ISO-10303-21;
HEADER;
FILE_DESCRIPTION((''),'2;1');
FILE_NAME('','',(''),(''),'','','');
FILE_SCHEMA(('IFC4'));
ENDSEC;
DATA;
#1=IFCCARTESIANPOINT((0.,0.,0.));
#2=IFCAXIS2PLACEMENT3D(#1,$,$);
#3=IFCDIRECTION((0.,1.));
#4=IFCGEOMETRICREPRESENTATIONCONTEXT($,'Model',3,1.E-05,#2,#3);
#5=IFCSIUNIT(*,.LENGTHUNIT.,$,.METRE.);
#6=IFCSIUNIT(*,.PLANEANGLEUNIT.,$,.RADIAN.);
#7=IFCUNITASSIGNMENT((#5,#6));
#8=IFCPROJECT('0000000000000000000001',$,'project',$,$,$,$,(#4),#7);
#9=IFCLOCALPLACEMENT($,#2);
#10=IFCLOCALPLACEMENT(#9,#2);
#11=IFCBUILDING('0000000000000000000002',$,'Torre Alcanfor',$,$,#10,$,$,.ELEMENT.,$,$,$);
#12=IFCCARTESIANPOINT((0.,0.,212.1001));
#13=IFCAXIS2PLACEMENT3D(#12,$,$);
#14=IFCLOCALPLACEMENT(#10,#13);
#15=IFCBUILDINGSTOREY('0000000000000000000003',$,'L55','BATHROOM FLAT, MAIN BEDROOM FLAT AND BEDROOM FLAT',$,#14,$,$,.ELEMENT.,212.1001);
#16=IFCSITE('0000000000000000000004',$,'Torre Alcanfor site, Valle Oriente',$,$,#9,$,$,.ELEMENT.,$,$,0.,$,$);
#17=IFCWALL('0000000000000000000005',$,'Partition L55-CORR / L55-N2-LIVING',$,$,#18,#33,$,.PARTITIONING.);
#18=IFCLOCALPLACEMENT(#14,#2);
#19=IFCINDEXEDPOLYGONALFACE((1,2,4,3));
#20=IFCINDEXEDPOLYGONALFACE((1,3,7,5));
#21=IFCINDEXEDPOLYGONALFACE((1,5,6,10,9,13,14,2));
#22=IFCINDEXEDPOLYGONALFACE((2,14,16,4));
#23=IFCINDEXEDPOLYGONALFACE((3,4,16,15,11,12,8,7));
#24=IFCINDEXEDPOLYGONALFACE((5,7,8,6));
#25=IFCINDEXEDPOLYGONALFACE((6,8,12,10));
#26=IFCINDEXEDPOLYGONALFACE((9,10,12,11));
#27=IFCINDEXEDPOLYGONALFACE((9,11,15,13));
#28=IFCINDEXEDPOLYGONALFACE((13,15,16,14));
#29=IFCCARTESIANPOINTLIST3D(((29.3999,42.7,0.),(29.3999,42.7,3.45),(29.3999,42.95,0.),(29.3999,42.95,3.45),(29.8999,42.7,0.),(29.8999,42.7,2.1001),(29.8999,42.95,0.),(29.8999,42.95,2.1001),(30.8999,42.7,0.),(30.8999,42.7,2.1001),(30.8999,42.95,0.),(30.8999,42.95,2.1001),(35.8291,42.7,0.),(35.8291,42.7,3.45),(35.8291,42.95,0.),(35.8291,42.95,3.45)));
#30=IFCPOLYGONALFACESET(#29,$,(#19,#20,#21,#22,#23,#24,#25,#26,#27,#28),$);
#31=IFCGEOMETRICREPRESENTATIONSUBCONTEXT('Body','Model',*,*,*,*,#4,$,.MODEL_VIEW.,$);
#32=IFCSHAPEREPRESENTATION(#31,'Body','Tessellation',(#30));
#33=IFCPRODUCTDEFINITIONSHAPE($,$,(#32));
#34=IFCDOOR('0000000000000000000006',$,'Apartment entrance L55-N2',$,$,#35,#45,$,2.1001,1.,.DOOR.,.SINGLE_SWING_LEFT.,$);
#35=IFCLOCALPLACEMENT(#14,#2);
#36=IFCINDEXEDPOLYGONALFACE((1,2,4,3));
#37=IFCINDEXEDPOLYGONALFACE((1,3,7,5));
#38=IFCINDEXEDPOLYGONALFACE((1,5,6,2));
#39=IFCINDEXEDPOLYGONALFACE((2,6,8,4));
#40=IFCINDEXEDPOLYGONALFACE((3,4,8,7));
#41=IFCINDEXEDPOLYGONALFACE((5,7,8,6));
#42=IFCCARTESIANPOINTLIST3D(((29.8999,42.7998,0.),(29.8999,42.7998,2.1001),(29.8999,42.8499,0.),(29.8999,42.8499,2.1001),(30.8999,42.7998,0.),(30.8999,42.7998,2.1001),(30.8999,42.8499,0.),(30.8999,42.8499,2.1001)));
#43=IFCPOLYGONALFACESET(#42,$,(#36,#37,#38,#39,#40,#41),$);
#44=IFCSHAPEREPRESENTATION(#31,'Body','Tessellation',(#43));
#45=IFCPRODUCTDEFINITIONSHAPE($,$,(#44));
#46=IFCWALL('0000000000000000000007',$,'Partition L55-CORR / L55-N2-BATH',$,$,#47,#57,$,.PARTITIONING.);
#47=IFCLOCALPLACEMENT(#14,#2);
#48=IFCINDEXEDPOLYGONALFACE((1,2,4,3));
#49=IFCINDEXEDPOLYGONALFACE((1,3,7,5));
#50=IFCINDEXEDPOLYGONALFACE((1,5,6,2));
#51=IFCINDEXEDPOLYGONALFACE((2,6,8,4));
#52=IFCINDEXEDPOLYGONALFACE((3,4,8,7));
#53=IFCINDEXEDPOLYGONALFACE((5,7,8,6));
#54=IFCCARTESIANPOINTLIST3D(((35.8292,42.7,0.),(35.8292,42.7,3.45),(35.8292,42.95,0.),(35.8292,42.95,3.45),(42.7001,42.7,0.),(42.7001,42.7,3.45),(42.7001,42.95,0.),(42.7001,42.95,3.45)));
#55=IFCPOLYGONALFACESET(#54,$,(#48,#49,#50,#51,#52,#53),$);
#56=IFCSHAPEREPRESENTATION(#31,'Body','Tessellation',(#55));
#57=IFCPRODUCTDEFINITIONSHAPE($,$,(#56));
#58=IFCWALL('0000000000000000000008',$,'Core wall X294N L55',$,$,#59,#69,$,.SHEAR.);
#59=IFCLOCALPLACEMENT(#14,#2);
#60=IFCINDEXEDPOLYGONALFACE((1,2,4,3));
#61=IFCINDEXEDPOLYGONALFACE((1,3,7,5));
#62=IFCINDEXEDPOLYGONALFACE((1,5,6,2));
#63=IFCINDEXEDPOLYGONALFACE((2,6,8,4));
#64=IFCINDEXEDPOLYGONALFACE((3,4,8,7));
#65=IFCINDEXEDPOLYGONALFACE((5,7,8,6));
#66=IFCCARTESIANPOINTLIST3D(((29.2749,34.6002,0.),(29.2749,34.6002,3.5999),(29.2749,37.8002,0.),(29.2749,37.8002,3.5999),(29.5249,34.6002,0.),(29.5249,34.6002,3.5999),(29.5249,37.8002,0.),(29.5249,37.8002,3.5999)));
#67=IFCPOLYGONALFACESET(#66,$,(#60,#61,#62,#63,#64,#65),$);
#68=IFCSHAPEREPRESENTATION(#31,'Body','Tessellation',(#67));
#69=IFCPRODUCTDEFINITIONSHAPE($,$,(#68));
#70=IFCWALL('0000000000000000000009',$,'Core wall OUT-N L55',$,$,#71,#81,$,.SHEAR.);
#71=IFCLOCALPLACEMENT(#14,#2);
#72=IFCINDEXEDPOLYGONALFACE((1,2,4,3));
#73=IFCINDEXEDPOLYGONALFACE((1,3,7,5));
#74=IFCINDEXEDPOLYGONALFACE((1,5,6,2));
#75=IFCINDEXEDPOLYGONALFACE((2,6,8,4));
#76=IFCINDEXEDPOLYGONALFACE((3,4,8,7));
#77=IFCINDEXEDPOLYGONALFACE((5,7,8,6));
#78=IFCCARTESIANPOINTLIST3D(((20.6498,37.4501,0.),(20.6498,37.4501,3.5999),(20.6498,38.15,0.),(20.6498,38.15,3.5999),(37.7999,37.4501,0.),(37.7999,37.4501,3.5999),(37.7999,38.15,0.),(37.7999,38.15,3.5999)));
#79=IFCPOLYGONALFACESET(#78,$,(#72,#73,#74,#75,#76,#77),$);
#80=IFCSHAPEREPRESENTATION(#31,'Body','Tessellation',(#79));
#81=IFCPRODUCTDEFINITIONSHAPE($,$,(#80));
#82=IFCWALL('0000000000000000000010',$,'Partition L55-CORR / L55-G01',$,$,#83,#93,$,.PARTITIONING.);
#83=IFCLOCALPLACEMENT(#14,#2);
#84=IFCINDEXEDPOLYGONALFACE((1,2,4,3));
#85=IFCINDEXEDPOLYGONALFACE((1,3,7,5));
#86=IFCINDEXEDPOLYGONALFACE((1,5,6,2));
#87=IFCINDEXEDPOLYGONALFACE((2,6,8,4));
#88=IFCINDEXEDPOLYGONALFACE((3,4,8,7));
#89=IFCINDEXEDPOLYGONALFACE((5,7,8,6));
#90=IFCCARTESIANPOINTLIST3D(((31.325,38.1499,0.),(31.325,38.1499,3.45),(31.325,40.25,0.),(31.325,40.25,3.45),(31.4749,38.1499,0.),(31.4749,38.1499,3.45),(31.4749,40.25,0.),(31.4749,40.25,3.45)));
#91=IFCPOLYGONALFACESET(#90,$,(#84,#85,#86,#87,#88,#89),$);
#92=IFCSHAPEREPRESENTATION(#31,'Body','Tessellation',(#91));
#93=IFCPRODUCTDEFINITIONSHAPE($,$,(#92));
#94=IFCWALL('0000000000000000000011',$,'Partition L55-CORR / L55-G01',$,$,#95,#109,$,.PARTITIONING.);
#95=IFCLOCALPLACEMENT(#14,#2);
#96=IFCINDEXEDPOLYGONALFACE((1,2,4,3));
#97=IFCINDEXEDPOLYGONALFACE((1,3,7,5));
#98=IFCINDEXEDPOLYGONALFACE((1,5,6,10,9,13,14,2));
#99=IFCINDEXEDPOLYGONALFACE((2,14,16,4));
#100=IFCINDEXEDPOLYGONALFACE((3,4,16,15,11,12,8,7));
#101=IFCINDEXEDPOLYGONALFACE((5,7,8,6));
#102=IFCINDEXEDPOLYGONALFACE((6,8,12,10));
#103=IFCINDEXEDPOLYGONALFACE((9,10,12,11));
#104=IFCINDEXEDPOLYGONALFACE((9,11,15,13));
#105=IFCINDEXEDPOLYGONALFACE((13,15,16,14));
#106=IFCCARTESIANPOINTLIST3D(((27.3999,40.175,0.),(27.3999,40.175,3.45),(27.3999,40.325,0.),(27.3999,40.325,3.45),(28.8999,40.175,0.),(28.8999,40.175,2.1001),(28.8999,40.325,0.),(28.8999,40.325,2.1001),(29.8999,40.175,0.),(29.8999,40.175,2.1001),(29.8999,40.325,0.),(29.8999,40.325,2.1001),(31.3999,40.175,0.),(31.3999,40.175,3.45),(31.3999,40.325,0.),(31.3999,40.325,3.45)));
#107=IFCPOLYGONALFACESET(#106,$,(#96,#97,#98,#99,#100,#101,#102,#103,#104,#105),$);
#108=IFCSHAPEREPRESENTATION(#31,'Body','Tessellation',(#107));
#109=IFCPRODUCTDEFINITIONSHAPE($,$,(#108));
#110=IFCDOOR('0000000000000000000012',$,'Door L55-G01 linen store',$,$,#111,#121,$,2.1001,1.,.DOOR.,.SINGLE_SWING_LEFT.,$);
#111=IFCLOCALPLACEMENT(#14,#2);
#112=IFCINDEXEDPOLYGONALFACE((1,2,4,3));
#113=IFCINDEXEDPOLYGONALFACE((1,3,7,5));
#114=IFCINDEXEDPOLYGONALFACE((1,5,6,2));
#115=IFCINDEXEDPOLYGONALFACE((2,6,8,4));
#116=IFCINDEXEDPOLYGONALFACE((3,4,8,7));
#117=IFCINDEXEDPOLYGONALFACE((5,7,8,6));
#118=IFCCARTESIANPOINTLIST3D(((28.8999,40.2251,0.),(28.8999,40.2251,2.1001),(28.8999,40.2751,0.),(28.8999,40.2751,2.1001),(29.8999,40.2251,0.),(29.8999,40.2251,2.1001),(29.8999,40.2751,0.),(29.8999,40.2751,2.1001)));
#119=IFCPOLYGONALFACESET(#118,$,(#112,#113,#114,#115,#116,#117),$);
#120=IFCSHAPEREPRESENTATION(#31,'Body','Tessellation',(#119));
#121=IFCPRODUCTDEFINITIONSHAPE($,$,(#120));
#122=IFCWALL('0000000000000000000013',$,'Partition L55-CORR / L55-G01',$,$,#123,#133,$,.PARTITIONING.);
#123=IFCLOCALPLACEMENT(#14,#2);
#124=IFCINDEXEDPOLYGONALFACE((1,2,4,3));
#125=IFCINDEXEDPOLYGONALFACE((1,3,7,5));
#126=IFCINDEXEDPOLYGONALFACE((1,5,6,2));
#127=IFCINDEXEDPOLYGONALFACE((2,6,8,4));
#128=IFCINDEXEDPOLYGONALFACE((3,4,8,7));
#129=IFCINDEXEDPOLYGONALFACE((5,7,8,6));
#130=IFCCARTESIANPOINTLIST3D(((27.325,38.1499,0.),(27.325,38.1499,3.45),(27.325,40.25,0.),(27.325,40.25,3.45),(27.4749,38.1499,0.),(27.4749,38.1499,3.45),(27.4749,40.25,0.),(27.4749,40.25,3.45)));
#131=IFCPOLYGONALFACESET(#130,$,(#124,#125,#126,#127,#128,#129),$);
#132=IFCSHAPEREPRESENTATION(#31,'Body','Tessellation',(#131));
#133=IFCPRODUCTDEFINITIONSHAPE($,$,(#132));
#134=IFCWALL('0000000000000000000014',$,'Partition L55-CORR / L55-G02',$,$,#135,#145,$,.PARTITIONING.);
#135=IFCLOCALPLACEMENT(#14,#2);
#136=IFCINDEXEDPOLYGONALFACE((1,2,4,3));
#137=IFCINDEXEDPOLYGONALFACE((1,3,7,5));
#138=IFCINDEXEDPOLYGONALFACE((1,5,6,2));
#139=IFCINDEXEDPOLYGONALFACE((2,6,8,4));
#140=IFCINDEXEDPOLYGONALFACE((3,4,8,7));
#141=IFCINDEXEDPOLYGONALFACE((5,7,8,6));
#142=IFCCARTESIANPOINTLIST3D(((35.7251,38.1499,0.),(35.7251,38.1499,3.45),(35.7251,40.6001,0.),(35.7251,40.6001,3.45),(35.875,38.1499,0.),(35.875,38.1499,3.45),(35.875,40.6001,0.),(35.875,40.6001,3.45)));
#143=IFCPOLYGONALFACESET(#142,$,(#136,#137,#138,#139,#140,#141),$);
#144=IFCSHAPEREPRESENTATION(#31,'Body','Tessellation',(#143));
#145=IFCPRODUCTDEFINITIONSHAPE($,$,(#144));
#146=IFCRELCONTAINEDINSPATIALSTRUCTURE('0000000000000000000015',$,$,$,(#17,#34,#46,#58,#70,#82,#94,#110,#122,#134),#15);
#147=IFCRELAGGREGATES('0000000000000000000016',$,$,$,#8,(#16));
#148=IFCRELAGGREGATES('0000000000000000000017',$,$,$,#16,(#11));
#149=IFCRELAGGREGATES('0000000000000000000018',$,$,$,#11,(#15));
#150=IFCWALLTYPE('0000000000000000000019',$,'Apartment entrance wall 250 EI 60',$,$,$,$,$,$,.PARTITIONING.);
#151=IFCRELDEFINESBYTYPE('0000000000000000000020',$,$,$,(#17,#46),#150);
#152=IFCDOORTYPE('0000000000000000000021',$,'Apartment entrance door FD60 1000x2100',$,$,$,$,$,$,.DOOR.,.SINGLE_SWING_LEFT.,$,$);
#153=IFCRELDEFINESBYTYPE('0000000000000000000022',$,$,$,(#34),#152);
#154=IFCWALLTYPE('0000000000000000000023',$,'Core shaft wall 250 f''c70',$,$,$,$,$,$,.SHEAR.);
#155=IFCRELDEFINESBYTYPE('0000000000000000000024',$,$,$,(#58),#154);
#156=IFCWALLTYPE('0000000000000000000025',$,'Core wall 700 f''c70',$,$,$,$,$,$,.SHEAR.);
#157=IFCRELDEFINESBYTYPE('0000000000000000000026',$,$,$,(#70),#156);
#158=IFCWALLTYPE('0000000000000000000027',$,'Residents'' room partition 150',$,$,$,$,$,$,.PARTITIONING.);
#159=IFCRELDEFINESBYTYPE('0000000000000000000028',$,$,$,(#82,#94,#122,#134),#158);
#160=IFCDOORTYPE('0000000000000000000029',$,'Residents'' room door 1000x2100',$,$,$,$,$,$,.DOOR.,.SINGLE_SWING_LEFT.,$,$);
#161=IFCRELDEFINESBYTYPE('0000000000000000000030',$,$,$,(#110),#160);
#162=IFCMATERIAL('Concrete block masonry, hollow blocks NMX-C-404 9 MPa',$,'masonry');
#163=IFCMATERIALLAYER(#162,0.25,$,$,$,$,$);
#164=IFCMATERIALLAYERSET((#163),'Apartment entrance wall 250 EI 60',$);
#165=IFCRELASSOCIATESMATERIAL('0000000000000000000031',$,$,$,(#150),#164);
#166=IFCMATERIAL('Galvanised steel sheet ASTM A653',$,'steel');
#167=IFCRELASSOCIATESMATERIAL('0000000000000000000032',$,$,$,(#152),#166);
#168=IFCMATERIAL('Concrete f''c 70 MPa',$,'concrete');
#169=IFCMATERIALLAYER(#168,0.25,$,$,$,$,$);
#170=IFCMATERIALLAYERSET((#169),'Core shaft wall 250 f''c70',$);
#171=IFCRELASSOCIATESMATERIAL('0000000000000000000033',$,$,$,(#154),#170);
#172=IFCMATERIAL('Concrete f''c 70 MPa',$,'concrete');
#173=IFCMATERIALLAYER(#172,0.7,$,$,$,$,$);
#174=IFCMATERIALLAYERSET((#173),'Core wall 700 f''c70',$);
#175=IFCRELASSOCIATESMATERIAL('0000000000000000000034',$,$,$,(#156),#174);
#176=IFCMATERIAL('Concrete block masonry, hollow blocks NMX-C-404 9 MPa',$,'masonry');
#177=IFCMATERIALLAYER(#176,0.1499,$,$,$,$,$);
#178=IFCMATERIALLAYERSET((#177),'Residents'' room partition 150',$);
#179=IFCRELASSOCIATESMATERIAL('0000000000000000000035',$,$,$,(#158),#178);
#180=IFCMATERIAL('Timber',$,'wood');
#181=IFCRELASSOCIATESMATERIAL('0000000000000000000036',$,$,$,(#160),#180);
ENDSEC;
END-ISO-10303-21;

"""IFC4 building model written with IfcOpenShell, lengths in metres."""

from ifc_helpers import new_model, si_unit, direction, frame, frame_2d, origin, place, context, subcontext, project, spatial, rectangle, extrude, material, layer, layer_set, type_object, element, fill, save


model = new_model("IFC4")

# Units and contexts
model_context = context("Model", 3, precision=1e-05, world=origin(), true_north=direction((0.0, 1.0)))
body_context = subcontext(model_context, "Body", "Model", "MODEL_VIEW")
ifc_project = project(units=[si_unit("LENGTHUNIT", "METRE"), si_unit("PLANEANGLEUNIT", "RADIAN")], contexts=[model_context])

# Site, building, storey
site_placement = place(None, origin())
site = spatial("IfcSite", under=ifc_project, at=site_placement, Name="Torre Alcanfor site, Valle Oriente", CompositionType="ELEMENT", RefElevation=0.0)
building_placement = place(site_placement, origin())
building = spatial("IfcBuilding", under=site, at=building_placement, Name="Torre Alcanfor", CompositionType="ELEMENT")
storey_placement = place(building_placement, frame((0.0, 0.0, 212.1001)))
storey = spatial("IfcBuildingStorey", under=building, at=storey_placement, Name="L55", Description="BATHROOM FLAT, MAIN BEDROOM FLAT AND BEDROOM FLAT", CompositionType="ELEMENT", Elevation=212.1001)

# Wall, opening, door
ifc_material_1 = material(Name="Concrete block masonry, hollow blocks NMX-C-404 9 MPa", Category="masonry")
ifc_layer_1 = layer(ifc_material_1, 0.25)
ifc_layer_set_1 = layer_set([ifc_layer_1], Name="Apartment entrance wall 250 EI 60")
wall_type_1 = type_object("IfcWallType", Name="Apartment entrance wall 250 EI 60", PredefinedType="PARTITIONING", material=ifc_layer_set_1)
wall_1_placement = place(storey_placement, frame((29.3999, 42.825, 0.0), z_axis=(0.0, 0.0, 1.0), x_axis=(1.0, 0.0, 0.0)))
wall_1 = element("IfcWall", 1, at=wall_1_placement, inside=storey, type_object=wall_type_1, Name="Partition L55-CORR / L55-N2-LIVING", PredefinedType="PARTITIONING", context=body_context, shape_type="SweptSolid", body=[
    extrude(rectangle(XDim=6.4292, YDim=0.25, at=frame_2d((3.2146, 0.0))), origin(), (0.0, 0.0, 1.0), 3.45),
])
opening_1_placement = place(wall_1_placement, frame((0.5, 0.0, 0.0)))
opening_1 = element("IfcOpeningElement", 2, at=opening_1_placement, cuts=wall_1, PredefinedType="OPENING", context=body_context, shape_type="SweptSolid", body=[
    extrude(rectangle(XDim=1.0, YDim=2.1001, at=frame_2d((0.5, 1.05))), frame((0.0, 0.135, 0.0), z_axis=(0.0, -1.0, 0.0), x_axis=(1.0, 0.0, 0.0)), (0.0, 0.0, 1.0), 0.27),
])
ifc_material_2 = material(Name="Galvanised steel sheet ASTM A653", Category="steel")
door_type_1 = type_object("IfcDoorType", Name="Apartment entrance door FD60 1000x2100", OperationType="SINGLE_SWING_LEFT", PredefinedType="DOOR", material=ifc_material_2)
door_1_placement = place(opening_1_placement, origin())
door_1 = element("IfcDoor", 3, at=door_1_placement, inside=storey, type_object=door_type_1, Name="Apartment entrance L55-N2", OperationType="SINGLE_SWING_LEFT", OverallHeight=2.1001, OverallWidth=1.0, PredefinedType="DOOR", context=body_context, shape_type="SweptSolid", body=[
    extrude(rectangle(XDim=1.0, YDim=2.1001, at=frame_2d((0.5, 1.05))), frame((0.0, 0.0249, 0.0), z_axis=(0.0, -1.0, 0.0), x_axis=(1.0, 0.0, 0.0)), (0.0, 0.0, 1.0), 0.05),
])
fill(opening_1, door_1)

# Walls
wall_2_placement = place(storey_placement, frame((35.8291, 42.825, 0.0), z_axis=(0.0, 0.0, 1.0), x_axis=(1.0, 0.0, 0.0)))
element("IfcWall", 4, at=wall_2_placement, inside=storey, type_object=wall_type_1, Name="Partition L55-CORR / L55-N2-BATH", PredefinedType="PARTITIONING", context=body_context, shape_type="SweptSolid", body=[
    extrude(rectangle(XDim=6.8708, YDim=0.25, at=frame_2d((3.4355, 0.0))), origin(), (0.0, 0.0, 1.0), 3.45),
])
ifc_material_3 = material(Name="Concrete f'c 70 MPa", Category="concrete")
ifc_layer_2 = layer(ifc_material_3, 0.25)
ifc_layer_set_2 = layer_set([ifc_layer_2], Name="Core shaft wall 250 f'c70")
wall_type_2 = type_object("IfcWallType", Name="Core shaft wall 250 f'c70", PredefinedType="SHEAR", material=ifc_layer_set_2)
wall_3_placement = place(storey_placement, frame((29.3999, 34.6001, 0.0), z_axis=(0.0, 0.0, 1.0), x_axis=(0.0, 1.0, 0.0)))
element("IfcWall", 5, at=wall_3_placement, inside=storey, type_object=wall_type_2, Name="Core wall X294N L55", PredefinedType="SHEAR", context=body_context, shape_type="SweptSolid", body=[
    extrude(rectangle(XDim=3.2, YDim=0.25, at=frame_2d((1.6001, 0.0))), origin(), (0.0, 0.0, 1.0), 3.5999),
])
ifc_material_4 = material(Name="Concrete f'c 70 MPa", Category="concrete")
ifc_layer_3 = layer(ifc_material_4, 0.7)
ifc_layer_set_3 = layer_set([ifc_layer_3], Name="Core wall 700 f'c70")
wall_type_3 = type_object("IfcWallType", Name="Core wall 700 f'c70", PredefinedType="SHEAR", material=ifc_layer_set_3)
wall_4_placement = place(storey_placement, frame((37.8, 37.8, 0.0), z_axis=(0.0, 0.0, 1.0), x_axis=(-1.0, 0.0, 0.0)))
element("IfcWall", 6, at=wall_4_placement, inside=storey, type_object=wall_type_3, Name="Core wall OUT-N L55", PredefinedType="SHEAR", context=body_context, shape_type="SweptSolid", body=[
    extrude(rectangle(XDim=17.1501, YDim=0.7, at=frame_2d((8.5752, 0.0))), origin(), (0.0, 0.0, 1.0), 3.5999),
])
ifc_material_5 = material(Name="Concrete block masonry, hollow blocks NMX-C-404 9 MPa", Category="masonry")
ifc_layer_4 = layer(ifc_material_5, 0.1499)
ifc_layer_set_4 = layer_set([ifc_layer_4], Name="Residents' room partition 150")
wall_type_4 = type_object("IfcWallType", Name="Residents' room partition 150", PredefinedType="PARTITIONING", material=ifc_layer_set_4)
wall_5_placement = place(storey_placement, frame((31.3999, 38.1499, 0.0), z_axis=(0.0, 0.0, 1.0), x_axis=(0.0, 1.0, 0.0)))
element("IfcWall", 7, at=wall_5_placement, inside=storey, type_object=wall_type_4, Name="Partition L55-CORR / L55-G01", PredefinedType="PARTITIONING", context=body_context, shape_type="SweptSolid", body=[
    extrude(rectangle(XDim=2.1001, YDim=0.1499, at=frame_2d((1.05, 0.0))), origin(), (0.0, 0.0, 1.0), 3.45),
])

# Wall, opening, door
wall_6_placement = place(storey_placement, frame((31.3999, 40.25, 0.0), z_axis=(0.0, 0.0, 1.0), x_axis=(-1.0, 0.0, 0.0)))
wall_6 = element("IfcWall", 8, at=wall_6_placement, inside=storey, type_object=wall_type_4, Name="Partition L55-CORR / L55-G01", PredefinedType="PARTITIONING", context=body_context, shape_type="SweptSolid", body=[
    extrude(rectangle(XDim=4.0, YDim=0.1499, at=frame_2d((2.0, 0.0))), origin(), (0.0, 0.0, 1.0), 3.45),
])
opening_2_placement = place(wall_6_placement, frame((1.5, 0.0, 0.0)))
opening_2 = element("IfcOpeningElement", 9, at=opening_2_placement, cuts=wall_6, PredefinedType="OPENING", context=body_context, shape_type="SweptSolid", body=[
    extrude(rectangle(XDim=1.0, YDim=2.1001, at=frame_2d((0.5, 1.05))), frame((0.0, 0.085, 0.0), z_axis=(0.0, -1.0, 0.0), x_axis=(1.0, 0.0, 0.0)), (0.0, 0.0, 1.0), 0.1699),
])
ifc_material_6 = material(Name="Timber", Category="wood")
door_type_2 = type_object("IfcDoorType", Name="Residents' room door 1000x2100", OperationType="SINGLE_SWING_LEFT", PredefinedType="DOOR", material=ifc_material_6)
door_2_placement = place(opening_2_placement, origin())
door_2 = element("IfcDoor", 10, at=door_2_placement, inside=storey, type_object=door_type_2, Name="Door L55-G01 linen store", OperationType="SINGLE_SWING_LEFT", OverallHeight=2.1001, OverallWidth=1.0, PredefinedType="DOOR", context=body_context, shape_type="SweptSolid", body=[
    extrude(rectangle(XDim=1.0, YDim=2.1001, at=frame_2d((0.5, 1.05))), frame((0.0, 0.0249, 0.0), z_axis=(0.0, -1.0, 0.0), x_axis=(1.0, 0.0, 0.0)), (0.0, 0.0, 1.0), 0.05),
])
fill(opening_2, door_2)

# Walls
wall_7_placement = place(storey_placement, frame((27.3999, 40.25, 0.0), z_axis=(0.0, 0.0, 1.0), x_axis=(0.0, -1.0, 0.0)))
element("IfcWall", 11, at=wall_7_placement, inside=storey, type_object=wall_type_4, Name="Partition L55-CORR / L55-G01", PredefinedType="PARTITIONING", context=body_context, shape_type="SweptSolid", body=[
    extrude(rectangle(XDim=2.1001, YDim=0.1499, at=frame_2d((1.05, 0.0))), origin(), (0.0, 0.0, 1.0), 3.45),
])
wall_8_placement = place(storey_placement, frame((35.8, 40.6001, 0.0), z_axis=(0.0, 0.0, 1.0), x_axis=(0.0, -1.0, 0.0)))
element("IfcWall", 12, at=wall_8_placement, inside=storey, type_object=wall_type_4, Name="Partition L55-CORR / L55-G02", PredefinedType="PARTITIONING", context=body_context, shape_type="SweptSolid", body=[
    extrude(rectangle(XDim=2.4502, YDim=0.1499, at=frame_2d((1.2251, 0.0))), origin(), (0.0, 0.0, 1.0), 3.45),
])

save(model, "model.ifc")
